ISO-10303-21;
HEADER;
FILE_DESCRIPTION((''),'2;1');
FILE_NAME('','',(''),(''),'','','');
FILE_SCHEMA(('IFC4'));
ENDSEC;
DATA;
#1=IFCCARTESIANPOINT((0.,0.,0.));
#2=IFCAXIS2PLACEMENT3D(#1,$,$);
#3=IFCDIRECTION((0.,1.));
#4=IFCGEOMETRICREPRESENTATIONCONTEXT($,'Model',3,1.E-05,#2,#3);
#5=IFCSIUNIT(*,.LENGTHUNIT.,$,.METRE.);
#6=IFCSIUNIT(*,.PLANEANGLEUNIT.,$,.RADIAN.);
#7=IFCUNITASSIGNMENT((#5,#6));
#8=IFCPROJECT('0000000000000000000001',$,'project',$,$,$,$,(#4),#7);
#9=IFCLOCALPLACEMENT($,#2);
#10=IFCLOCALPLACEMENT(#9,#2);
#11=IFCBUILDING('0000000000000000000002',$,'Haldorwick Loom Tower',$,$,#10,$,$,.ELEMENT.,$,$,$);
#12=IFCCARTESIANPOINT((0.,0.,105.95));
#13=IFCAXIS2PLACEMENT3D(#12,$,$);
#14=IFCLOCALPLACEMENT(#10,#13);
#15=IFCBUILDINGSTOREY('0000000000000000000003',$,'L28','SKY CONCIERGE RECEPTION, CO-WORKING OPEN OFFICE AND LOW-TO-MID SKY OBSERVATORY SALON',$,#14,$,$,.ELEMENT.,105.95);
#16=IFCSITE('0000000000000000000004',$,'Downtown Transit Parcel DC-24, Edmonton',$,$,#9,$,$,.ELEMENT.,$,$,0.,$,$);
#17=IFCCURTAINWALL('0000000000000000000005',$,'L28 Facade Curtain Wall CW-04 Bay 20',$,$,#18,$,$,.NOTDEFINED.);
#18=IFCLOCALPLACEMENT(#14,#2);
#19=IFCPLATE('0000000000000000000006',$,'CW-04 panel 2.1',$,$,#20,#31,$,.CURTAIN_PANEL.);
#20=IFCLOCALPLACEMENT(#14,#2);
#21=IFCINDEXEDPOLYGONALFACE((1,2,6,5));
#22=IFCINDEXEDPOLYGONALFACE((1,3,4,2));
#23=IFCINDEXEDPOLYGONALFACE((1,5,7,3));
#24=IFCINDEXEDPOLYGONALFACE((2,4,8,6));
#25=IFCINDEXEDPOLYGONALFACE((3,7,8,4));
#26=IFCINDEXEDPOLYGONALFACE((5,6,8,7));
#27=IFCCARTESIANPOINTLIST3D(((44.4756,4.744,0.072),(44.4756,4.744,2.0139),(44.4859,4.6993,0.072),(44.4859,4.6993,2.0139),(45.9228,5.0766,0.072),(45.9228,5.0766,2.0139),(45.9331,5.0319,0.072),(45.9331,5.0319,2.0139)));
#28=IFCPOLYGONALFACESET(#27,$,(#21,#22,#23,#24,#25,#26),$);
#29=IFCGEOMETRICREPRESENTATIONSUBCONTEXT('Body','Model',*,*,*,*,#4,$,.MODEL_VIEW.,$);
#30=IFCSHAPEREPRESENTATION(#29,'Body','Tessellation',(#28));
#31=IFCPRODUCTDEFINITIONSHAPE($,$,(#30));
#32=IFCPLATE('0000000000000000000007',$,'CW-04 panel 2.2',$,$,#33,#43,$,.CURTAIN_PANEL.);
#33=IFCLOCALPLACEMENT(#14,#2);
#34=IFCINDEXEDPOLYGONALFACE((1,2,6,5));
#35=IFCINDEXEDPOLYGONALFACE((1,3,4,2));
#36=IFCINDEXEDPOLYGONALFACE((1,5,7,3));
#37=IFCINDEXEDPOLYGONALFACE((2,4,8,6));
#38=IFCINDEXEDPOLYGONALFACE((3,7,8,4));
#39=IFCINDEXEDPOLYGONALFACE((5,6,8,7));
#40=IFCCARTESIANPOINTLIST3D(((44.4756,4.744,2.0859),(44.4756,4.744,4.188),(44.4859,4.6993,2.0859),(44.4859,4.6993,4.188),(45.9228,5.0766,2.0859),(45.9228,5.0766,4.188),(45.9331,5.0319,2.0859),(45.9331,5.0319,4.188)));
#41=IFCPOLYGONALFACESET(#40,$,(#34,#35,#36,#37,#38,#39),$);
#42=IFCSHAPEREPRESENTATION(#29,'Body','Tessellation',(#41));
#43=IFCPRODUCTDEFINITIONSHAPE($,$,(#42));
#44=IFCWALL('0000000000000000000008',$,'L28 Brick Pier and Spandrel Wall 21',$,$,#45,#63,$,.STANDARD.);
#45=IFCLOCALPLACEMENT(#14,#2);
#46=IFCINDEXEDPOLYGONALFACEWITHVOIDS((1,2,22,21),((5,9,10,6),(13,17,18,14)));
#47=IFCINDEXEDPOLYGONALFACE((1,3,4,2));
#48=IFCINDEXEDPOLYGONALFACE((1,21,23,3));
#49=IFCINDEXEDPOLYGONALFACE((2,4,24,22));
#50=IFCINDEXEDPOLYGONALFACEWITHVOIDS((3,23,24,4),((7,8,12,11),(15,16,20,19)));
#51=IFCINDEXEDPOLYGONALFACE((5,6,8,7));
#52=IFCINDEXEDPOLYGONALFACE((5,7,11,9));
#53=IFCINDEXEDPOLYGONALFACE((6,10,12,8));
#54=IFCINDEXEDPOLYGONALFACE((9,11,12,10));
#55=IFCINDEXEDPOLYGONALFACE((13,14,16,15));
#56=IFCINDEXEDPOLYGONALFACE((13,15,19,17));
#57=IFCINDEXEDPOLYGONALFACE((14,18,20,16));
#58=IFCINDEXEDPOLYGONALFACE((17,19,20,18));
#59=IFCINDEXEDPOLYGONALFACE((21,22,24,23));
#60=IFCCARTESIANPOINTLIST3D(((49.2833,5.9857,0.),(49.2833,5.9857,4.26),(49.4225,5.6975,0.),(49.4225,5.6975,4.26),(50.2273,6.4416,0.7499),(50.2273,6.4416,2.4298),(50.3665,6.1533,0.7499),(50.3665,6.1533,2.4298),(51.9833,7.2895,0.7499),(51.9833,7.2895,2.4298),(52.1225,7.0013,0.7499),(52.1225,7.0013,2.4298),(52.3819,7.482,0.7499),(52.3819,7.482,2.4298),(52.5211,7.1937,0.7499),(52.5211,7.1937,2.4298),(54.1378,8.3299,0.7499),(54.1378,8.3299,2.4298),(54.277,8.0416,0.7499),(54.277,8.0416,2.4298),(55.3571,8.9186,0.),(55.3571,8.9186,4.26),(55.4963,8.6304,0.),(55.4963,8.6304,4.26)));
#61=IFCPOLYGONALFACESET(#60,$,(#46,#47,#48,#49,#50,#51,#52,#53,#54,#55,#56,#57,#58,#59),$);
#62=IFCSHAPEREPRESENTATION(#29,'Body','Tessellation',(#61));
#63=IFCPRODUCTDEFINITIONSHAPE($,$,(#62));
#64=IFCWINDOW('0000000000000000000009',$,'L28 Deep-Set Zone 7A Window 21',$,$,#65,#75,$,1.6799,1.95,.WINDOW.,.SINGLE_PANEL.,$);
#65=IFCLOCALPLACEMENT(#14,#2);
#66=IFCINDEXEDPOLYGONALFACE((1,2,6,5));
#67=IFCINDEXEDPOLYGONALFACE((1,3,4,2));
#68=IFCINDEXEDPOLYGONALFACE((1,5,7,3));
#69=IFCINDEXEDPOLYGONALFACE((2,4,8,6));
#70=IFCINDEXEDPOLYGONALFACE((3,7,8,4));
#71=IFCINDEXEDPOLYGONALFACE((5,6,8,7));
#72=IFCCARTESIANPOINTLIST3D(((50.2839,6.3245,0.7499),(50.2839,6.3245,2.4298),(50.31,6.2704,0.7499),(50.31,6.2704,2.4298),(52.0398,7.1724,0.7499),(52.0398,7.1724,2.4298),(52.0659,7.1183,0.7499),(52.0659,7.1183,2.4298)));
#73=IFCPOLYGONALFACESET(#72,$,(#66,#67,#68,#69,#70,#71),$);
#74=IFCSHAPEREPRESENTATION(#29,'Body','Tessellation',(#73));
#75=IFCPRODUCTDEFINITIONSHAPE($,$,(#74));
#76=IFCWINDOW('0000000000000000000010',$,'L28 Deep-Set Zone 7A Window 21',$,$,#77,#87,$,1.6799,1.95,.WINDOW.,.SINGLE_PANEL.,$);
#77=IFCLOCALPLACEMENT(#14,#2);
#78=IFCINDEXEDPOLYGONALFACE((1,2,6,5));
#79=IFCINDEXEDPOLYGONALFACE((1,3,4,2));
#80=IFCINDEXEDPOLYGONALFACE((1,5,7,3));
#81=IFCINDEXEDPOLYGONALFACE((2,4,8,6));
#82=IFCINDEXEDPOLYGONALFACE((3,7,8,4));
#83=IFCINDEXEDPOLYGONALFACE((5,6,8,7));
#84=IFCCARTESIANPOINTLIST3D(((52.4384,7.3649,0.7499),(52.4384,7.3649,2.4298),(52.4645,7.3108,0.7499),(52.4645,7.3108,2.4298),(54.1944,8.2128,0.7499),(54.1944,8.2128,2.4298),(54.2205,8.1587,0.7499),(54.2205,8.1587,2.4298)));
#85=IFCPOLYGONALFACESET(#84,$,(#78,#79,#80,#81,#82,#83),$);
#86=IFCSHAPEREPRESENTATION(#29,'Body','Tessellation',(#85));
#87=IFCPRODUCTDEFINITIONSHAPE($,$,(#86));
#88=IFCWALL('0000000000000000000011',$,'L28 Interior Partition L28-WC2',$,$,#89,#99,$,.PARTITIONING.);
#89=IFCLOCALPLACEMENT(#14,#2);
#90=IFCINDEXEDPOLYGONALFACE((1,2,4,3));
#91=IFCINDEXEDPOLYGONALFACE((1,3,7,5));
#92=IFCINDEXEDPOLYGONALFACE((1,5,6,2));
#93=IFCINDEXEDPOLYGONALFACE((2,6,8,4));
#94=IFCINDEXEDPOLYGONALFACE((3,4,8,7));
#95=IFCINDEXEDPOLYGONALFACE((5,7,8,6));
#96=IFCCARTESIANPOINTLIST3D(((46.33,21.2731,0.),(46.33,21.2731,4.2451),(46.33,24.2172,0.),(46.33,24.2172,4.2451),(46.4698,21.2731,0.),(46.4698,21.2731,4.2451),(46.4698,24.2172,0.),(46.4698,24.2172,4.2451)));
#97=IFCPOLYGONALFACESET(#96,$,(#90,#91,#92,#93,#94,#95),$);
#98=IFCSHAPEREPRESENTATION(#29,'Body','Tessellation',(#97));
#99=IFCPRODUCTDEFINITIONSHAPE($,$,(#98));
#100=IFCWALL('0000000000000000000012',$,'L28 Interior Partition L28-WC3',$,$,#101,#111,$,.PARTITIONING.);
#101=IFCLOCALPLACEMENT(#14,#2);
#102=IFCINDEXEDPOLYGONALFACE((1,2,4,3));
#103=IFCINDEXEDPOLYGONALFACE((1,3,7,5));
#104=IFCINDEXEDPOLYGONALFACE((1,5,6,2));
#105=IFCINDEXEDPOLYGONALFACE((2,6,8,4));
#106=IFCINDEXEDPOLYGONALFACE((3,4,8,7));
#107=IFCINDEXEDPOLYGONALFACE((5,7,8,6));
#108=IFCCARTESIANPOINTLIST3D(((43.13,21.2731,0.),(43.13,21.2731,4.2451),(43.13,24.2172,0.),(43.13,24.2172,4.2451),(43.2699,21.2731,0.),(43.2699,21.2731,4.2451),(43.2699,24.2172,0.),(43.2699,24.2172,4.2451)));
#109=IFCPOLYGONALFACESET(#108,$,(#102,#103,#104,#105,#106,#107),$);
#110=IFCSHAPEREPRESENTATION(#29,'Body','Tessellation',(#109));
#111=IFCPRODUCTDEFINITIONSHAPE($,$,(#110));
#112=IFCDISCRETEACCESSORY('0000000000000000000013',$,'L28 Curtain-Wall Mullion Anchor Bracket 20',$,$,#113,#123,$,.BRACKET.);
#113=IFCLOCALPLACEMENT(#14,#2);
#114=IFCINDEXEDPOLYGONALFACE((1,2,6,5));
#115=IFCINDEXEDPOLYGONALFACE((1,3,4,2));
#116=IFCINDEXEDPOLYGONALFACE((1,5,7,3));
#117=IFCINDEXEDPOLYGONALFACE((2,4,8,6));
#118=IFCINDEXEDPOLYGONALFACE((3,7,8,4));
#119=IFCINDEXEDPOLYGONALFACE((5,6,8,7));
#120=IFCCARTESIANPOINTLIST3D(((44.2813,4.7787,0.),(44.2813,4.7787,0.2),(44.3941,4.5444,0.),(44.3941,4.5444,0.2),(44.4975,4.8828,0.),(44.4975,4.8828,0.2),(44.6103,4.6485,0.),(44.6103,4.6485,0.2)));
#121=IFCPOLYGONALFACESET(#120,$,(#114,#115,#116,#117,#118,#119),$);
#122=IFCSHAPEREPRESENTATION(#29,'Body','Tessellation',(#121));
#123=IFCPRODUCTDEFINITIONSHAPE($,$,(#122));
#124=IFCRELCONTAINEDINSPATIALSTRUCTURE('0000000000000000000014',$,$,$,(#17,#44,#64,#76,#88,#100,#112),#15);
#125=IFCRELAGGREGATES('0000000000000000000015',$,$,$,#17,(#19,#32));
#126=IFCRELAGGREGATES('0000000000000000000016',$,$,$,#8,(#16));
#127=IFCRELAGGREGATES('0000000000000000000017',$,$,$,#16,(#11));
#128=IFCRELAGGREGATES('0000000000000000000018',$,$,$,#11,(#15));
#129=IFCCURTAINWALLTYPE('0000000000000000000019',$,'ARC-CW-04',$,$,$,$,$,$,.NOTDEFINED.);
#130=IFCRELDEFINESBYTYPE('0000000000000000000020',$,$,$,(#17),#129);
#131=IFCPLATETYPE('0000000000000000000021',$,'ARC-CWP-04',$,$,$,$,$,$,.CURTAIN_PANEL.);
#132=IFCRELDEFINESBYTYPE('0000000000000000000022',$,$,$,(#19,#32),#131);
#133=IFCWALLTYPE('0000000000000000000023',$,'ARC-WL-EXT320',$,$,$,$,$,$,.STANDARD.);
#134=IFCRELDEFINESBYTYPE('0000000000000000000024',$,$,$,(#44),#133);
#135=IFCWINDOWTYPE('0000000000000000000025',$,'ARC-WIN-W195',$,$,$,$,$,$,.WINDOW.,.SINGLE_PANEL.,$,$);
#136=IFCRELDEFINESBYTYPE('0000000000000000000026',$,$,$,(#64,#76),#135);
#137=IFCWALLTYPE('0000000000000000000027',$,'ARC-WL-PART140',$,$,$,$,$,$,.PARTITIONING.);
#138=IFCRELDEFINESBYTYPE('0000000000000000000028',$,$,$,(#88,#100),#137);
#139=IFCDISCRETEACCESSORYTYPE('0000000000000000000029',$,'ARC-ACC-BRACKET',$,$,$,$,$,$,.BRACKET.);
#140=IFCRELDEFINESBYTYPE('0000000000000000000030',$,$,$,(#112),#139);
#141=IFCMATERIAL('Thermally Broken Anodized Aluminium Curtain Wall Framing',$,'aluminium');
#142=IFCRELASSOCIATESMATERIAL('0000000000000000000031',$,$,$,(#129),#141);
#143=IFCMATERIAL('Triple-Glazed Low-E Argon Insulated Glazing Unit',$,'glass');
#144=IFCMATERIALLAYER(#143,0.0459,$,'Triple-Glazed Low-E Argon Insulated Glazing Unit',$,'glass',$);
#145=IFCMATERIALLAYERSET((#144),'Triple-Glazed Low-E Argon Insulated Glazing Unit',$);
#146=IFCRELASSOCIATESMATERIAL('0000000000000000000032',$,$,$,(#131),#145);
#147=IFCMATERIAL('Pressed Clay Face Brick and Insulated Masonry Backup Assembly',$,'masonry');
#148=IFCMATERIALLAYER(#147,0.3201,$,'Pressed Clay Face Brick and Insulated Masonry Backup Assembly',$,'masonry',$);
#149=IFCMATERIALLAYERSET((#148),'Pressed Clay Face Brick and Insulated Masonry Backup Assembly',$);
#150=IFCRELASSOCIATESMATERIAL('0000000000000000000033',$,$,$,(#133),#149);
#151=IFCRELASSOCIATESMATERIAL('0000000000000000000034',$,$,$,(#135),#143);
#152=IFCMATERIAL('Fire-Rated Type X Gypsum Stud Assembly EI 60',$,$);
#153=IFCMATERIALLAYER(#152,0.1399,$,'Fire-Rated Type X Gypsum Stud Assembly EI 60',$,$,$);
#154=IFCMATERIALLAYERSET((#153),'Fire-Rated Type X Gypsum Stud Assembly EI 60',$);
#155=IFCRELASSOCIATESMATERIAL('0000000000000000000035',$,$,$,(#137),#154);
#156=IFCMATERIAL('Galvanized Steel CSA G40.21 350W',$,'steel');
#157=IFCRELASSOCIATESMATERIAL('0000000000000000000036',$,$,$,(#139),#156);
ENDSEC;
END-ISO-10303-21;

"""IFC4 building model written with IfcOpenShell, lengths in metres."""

from ifc_helpers import new_model, si_unit, direction, frame, frame_2d, origin, origin_2d, place, context, subcontext, project, spatial, rectangle, extrude, material, layer, layer_set, type_object, element, fill, aggregate, save


model = new_model("IFC4")

# Units and contexts
model_context = context("Model", 3, precision=1e-05, world=origin(), true_north=direction((0.0, 1.0)))
body_context = subcontext(model_context, "Body", "Model", "MODEL_VIEW")
ifc_project = project(units=[si_unit("LENGTHUNIT", "METRE"), si_unit("PLANEANGLEUNIT", "RADIAN")], contexts=[model_context])

# Site, building, storey
site_placement = place(None, origin())
site = spatial("IfcSite", under=ifc_project, at=site_placement, Name="Downtown Transit Parcel DC-24, Edmonton", CompositionType="ELEMENT", RefElevation=0.0)
building_placement = place(site_placement, origin())
building = spatial("IfcBuilding", under=site, at=building_placement, Name="Haldorwick Loom Tower", CompositionType="ELEMENT")
storey_placement = place(building_placement, frame((0.0, 0.0, 105.95)))
storey = spatial("IfcBuildingStorey", under=building, at=storey_placement, Name="L28", Description="SKY CONCIERGE RECEPTION, CO-WORKING OPEN OFFICE AND LOW-TO-MID SKY OBSERVATORY SALON", CompositionType="ELEMENT", Elevation=105.95)

# Curtain wall
ifc_material_1 = material(Name="Thermally Broken Anodized Aluminium Curtain Wall Framing", Category="aluminium")
curtain_wall_type = type_object("IfcCurtainWallType", Name="ARC-CW-04", PredefinedType="NOTDEFINED", material=ifc_material_1)
curtain_wall_placement = place(storey_placement, origin())
curtain_wall = element("IfcCurtainWall", 1, at=curtain_wall_placement, inside=storey, type_object=curtain_wall_type, Name="L28 Facade Curtain Wall CW-04 Bay 20", PredefinedType="NOTDEFINED")

# Plates
ifc_material_2 = material(Name="Triple-Glazed Low-E Argon Insulated Glazing Unit", Category="glass")
ifc_layer_1 = layer(ifc_material_2, 0.0459, Name="Triple-Glazed Low-E Argon Insulated Glazing Unit", Category="glass")
ifc_layer_set_1 = layer_set([ifc_layer_1], Name="Triple-Glazed Low-E Argon Insulated Glazing Unit")
plate_type = type_object("IfcPlateType", Name="ARC-CWP-04", PredefinedType="CURTAIN_PANEL", material=ifc_layer_set_1)
plate_1_placement = place(storey_placement, frame((45.2043, 4.8879, 0.072), z_axis=(0.0, 0.0, 1.0), x_axis=(0.974593, 0.223981, 0.0)))
plate_1 = element("IfcPlate", 2, at=plate_1_placement, type_object=plate_type, Name="CW-04 panel 2.1", PredefinedType="CURTAIN_PANEL", context=body_context, shape_type="SweptSolid", body=[
    extrude(rectangle(XDim=1.4849, YDim=0.0459, at=origin_2d()), origin(), (0.0, 0.0, 1.0), 1.9419),
])
plate_2_placement = place(storey_placement, frame((45.2043, 4.8879, 2.0859), z_axis=(0.0, 0.0, 1.0), x_axis=(0.974593, 0.223981, 0.0)))
plate_2 = element("IfcPlate", 3, at=plate_2_placement, type_object=plate_type, Name="CW-04 panel 2.2", PredefinedType="CURTAIN_PANEL", context=body_context, shape_type="SweptSolid", body=[
    extrude(rectangle(XDim=1.4849, YDim=0.0459, at=origin_2d()), origin(), (0.0, 0.0, 1.0), 2.1021),
])
aggregate(curtain_wall, [plate_1, plate_2])

# Wall, openings, windows
ifc_material_3 = material(Name="Pressed Clay Face Brick and Insulated Masonry Backup Assembly", Category="masonry")
ifc_layer_2 = layer(ifc_material_3, 0.3201, Name="Pressed Clay Face Brick and Insulated Masonry Backup Assembly", Category="masonry")
ifc_layer_set_2 = layer_set([ifc_layer_2], Name="Pressed Clay Face Brick and Insulated Masonry Backup Assembly")
wall_type_1 = type_object("IfcWallType", Name="ARC-WL-EXT320", PredefinedType="STANDARD", material=ifc_layer_set_2)
wall_placement = place(storey_placement, frame((49.3528, 5.8416, 0.0), z_axis=(0.0, 0.0, 1.0), x_axis=(0.90051, 0.434835, 0.0)))
wall = element("IfcWall", 4, at=wall_placement, inside=storey, type_object=wall_type_1, Name="L28 Brick Pier and Spandrel Wall 21", PredefinedType="STANDARD", context=body_context, shape_type="SweptSolid", body=[
    extrude(rectangle(XDim=6.7449, YDim=0.3201, at=frame_2d((3.3726, 0.0))), origin(), (0.0, 0.0, 1.0), 4.26),
])
opening_1_placement = place(wall_placement, frame((1.0483, 0.0, 0.75)))
opening_1 = element("IfcOpeningElement", 5, at=opening_1_placement, cuts=wall, PredefinedType="OPENING", context=body_context, shape_type="SweptSolid", body=[
    extrude(rectangle(XDim=1.95, YDim=1.6799, at=frame_2d((0.9751, 0.8398))), frame((0.0, 0.1699, 0.0), z_axis=(0.0, -1.0, 0.0), x_axis=(1.0, 0.0, 0.0)), (0.0, 0.0, 1.0), 0.3401),
])
opening_2_placement = place(wall_placement, frame((3.4409, 0.0, 0.75)))
opening_2 = element("IfcOpeningElement", 6, at=opening_2_placement, cuts=wall, PredefinedType="OPENING", context=body_context, shape_type="SweptSolid", body=[
    extrude(rectangle(XDim=1.95, YDim=1.6799, at=frame_2d((0.9751, 0.8398))), frame((0.0, 0.1699, 0.0), z_axis=(0.0, -1.0, 0.0), x_axis=(1.0, 0.0, 0.0)), (0.0, 0.0, 1.0), 0.3401),
])
window_type = type_object("IfcWindowType", Name="ARC-WIN-W195", PartitioningType="SINGLE_PANEL", PredefinedType="WINDOW", material=ifc_material_2)
window_1_placement = place(opening_1_placement, origin())
window_1 = element("IfcWindow", 7, at=window_1_placement, inside=storey, type_object=window_type, Name="L28 Deep-Set Zone 7A Window 21", OverallHeight=1.6799, OverallWidth=1.95, PartitioningType="SINGLE_PANEL", PredefinedType="WINDOW", context=body_context, shape_type="SweptSolid", body=[
    extrude(rectangle(XDim=1.95, YDim=1.6799, at=frame_2d((0.9751, 0.8398))), frame((0.0, 0.03, 0.0), z_axis=(0.0, -1.0, 0.0), x_axis=(1.0, 0.0, 0.0)), (0.0, 0.0, 1.0), 0.0601),
])
fill(opening_1, window_1)
window_2_placement = place(opening_2_placement, origin())
window_2 = element("IfcWindow", 8, at=window_2_placement, inside=storey, type_object=window_type, Name="L28 Deep-Set Zone 7A Window 21", OverallHeight=1.6799, OverallWidth=1.95, PartitioningType="SINGLE_PANEL", PredefinedType="WINDOW", context=body_context, shape_type="SweptSolid", body=[
    extrude(rectangle(XDim=1.95, YDim=1.6799, at=frame_2d((0.9751, 0.8398))), frame((0.0, 0.03, 0.0), z_axis=(0.0, -1.0, 0.0), x_axis=(1.0, 0.0, 0.0)), (0.0, 0.0, 1.0), 0.0601),
])
fill(opening_2, window_2)

# Walls
ifc_material_4 = material(Name="Fire-Rated Type X Gypsum Stud Assembly EI 60")
ifc_layer_3 = layer(ifc_material_4, 0.1399, Name="Fire-Rated Type X Gypsum Stud Assembly EI 60")
ifc_layer_set_3 = layer_set([ifc_layer_3], Name="Fire-Rated Type X Gypsum Stud Assembly EI 60")
wall_type_2 = type_object("IfcWallType", Name="ARC-WL-PART140", PredefinedType="PARTITIONING", material=ifc_layer_set_3)
for number, where, z_axis, x_axis, name in (
    (9, (46.3999, 21.2729, 0.0), (0.0, 0.0, 1.0), (0.0, 1.0, 0.0), "L28 Interior Partition L28-WC2"),
    (10, (43.2, 21.2729, 0.0), (0.0, 0.0, 1.0), (0.0, 1.0, 0.0), "L28 Interior Partition L28-WC3"),
):
    element("IfcWall", number, at=place(storey_placement, frame(where, z_axis=z_axis, x_axis=x_axis)), inside=storey, type_object=wall_type_2, Name=name, PredefinedType="PARTITIONING", context=body_context, shape_type="SweptSolid", body=[
        extrude(rectangle(XDim=2.9441, YDim=0.1399, at=frame_2d((1.4722, 0.0))), origin(), (0.0, 0.0, 1.0), 4.2451),
    ])

# Discrete accessory
ifc_material_5 = material(Name="Galvanized Steel CSA G40.21 350W", Category="steel")
discrete_accessory_type = type_object("IfcDiscreteAccessoryType", Name="ARC-ACC-BRACKET", PredefinedType="BRACKET", material=ifc_material_5)
discrete_accessory_placement = place(storey_placement, frame((44.4458, 4.7136, 0.0), z_axis=(0.0, 0.0, 1.0), x_axis=(0.433659, -0.901077, 0.0)))
element("IfcDiscreteAccessory", 11, at=discrete_accessory_placement, inside=storey, type_object=discrete_accessory_type, Name="L28 Curtain-Wall Mullion Anchor Bracket 20", PredefinedType="BRACKET", context=body_context, shape_type="SweptSolid", body=[
    extrude(rectangle(XDim=0.26, YDim=0.24, at=origin_2d()), origin(), (0.0, 0.0, 1.0), 0.2),
])

save(model, "model.ifc")
